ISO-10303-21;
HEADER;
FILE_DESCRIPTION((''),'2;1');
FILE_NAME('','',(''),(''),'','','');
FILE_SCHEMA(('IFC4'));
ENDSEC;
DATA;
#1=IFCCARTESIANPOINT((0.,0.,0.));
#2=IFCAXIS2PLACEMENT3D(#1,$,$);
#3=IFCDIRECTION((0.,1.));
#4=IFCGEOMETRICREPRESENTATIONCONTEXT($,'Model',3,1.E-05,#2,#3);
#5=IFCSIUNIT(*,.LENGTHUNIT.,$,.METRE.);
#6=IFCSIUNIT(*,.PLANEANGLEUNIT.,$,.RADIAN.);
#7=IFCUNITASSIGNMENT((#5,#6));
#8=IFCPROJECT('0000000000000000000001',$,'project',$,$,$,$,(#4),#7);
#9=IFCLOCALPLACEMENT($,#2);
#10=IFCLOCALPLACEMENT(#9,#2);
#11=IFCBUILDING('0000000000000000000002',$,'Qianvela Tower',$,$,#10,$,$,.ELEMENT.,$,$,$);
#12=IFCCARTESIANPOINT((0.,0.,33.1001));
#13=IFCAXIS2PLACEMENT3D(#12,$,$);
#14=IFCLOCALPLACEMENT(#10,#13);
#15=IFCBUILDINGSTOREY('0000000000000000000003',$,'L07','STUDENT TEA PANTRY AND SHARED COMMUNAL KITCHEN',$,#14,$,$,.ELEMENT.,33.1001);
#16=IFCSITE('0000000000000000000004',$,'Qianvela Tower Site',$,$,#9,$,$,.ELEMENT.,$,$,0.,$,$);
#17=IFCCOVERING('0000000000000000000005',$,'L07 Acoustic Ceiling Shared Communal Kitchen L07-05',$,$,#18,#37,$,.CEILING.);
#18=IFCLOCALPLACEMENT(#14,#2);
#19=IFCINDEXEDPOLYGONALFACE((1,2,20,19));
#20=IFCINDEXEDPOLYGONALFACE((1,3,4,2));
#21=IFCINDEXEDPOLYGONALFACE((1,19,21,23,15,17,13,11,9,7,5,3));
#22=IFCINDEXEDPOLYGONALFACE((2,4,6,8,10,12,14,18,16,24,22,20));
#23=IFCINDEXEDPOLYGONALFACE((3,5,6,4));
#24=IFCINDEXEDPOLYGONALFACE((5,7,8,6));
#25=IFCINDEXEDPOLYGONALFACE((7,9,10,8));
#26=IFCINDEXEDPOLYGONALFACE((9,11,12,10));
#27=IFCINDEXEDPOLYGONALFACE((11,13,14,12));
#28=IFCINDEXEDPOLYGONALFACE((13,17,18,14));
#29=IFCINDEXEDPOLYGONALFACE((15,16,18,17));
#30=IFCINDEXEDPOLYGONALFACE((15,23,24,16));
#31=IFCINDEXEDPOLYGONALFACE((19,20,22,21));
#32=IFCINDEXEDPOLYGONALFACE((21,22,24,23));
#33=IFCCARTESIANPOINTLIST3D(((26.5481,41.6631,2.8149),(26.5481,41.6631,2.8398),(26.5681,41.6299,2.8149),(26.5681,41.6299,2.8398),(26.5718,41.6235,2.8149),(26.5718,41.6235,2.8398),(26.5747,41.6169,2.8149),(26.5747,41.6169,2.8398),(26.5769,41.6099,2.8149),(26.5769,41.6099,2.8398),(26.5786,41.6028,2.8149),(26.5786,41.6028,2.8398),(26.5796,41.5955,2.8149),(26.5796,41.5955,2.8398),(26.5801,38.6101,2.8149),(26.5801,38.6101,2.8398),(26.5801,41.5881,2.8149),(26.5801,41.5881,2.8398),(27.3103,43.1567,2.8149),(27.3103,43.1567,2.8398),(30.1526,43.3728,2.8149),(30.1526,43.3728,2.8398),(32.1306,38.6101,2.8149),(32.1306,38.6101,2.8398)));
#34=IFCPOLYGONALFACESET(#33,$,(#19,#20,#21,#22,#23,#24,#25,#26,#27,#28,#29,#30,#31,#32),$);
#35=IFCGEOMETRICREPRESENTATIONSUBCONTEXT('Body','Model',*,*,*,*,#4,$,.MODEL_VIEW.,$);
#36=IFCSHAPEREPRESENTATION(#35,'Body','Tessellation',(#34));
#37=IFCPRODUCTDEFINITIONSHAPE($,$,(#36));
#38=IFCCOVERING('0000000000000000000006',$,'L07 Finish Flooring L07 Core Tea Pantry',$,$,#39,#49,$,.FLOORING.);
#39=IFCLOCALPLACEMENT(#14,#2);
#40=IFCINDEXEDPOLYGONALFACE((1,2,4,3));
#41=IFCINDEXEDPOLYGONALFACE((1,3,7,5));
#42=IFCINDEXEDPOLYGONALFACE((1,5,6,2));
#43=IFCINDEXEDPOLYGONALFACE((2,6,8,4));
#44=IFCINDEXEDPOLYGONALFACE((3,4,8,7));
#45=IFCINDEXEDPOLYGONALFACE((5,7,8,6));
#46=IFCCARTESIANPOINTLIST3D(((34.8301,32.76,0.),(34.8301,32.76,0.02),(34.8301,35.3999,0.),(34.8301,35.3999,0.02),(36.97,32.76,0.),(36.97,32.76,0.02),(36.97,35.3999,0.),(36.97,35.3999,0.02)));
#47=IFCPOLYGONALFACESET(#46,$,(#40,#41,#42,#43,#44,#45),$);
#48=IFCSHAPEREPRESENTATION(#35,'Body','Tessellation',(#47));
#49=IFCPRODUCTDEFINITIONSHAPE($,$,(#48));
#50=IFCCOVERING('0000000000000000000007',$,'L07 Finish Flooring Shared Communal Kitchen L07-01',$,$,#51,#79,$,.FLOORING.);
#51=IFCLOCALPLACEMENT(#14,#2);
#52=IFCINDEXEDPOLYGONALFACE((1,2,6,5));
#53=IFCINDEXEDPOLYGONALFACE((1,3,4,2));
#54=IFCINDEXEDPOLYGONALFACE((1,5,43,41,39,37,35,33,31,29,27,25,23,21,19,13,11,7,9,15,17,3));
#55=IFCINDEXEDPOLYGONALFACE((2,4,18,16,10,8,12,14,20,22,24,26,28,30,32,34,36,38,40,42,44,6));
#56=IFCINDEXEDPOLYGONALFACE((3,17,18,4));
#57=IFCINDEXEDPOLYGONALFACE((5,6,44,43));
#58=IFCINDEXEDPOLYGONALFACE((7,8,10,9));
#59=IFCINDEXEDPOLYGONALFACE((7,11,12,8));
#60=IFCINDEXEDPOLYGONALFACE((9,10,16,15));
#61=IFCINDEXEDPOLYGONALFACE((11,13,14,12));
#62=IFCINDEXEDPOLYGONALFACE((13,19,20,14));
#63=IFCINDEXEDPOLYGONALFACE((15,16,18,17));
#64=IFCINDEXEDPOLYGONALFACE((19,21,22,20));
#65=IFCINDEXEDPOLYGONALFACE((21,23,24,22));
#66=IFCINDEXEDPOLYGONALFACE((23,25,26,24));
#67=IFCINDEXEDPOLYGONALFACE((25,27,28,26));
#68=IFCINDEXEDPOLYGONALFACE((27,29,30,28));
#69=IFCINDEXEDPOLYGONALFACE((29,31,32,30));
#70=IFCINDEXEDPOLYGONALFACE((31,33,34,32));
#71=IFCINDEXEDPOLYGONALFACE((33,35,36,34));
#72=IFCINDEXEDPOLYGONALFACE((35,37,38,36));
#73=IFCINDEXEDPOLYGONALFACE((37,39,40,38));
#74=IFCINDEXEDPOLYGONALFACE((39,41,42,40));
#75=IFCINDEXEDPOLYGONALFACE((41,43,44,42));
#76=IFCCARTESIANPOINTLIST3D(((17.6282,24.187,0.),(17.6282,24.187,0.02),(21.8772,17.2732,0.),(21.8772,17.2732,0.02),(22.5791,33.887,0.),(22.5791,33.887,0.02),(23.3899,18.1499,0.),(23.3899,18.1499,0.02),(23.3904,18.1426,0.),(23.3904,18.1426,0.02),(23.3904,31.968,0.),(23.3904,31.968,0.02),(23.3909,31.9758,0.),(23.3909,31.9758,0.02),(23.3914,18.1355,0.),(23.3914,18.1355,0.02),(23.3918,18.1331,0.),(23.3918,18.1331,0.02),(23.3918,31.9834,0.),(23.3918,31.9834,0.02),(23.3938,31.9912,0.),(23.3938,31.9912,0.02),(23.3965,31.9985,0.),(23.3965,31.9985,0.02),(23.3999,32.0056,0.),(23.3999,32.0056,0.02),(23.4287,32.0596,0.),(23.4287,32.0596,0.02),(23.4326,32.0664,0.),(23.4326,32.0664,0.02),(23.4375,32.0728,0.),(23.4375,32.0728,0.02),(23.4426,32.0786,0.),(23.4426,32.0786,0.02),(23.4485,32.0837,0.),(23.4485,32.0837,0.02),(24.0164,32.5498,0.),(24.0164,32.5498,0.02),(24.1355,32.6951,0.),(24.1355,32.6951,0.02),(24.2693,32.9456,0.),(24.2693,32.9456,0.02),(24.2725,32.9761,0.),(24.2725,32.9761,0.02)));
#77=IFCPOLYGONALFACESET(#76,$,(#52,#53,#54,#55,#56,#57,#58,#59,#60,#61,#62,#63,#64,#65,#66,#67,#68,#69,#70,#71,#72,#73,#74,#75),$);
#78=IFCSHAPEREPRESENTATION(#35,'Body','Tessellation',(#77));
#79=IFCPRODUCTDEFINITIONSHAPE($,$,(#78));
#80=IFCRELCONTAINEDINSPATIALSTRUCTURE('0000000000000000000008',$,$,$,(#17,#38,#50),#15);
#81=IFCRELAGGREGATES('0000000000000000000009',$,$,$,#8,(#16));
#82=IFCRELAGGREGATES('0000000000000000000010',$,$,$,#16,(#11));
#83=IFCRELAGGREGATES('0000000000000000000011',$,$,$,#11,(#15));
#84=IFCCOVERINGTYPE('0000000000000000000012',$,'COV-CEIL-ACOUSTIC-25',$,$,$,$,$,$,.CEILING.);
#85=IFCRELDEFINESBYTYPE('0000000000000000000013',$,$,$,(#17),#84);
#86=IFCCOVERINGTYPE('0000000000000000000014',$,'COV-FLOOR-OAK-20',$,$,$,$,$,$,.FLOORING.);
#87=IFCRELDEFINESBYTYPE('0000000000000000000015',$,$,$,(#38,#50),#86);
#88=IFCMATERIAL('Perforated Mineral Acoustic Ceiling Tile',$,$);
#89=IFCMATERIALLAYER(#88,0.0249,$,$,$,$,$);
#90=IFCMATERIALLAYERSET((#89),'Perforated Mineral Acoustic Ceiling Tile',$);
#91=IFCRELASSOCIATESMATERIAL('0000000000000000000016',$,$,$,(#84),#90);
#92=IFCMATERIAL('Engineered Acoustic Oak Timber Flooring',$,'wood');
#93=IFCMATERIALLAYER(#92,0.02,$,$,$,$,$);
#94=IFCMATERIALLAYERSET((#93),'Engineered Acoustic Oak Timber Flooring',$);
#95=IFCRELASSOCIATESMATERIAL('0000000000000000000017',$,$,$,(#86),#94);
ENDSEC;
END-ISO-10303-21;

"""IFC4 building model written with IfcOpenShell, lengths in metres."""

from ifc_helpers import new_model, si_unit, direction, frame, origin, place, context, subcontext, project, spatial, polyline, outline, extrude, material, layer, layer_set, type_object, element, save


model = new_model("IFC4")

# Units and contexts
model_context = context("Model", 3, precision=1e-05, world=origin(), true_north=direction((0.0, 1.0)))
body_context = subcontext(model_context, "Body", "Model", "MODEL_VIEW")
ifc_project = project(units=[si_unit("LENGTHUNIT", "METRE"), si_unit("PLANEANGLEUNIT", "RADIAN")], contexts=[model_context])

# Site, building, storey
site_placement = place(None, origin())
site = spatial("IfcSite", under=ifc_project, at=site_placement, Name="Qianvela Tower Site", CompositionType="ELEMENT", RefElevation=0.0)
building_placement = place(site_placement, origin())
building = spatial("IfcBuilding", under=site, at=building_placement, Name="Qianvela Tower", CompositionType="ELEMENT")
storey_placement = place(building_placement, frame((0.0, 0.0, 33.1001)))
storey = spatial("IfcBuildingStorey", under=building, at=storey_placement, Name="L07", Description="STUDENT TEA PANTRY AND SHARED COMMUNAL KITCHEN", CompositionType="ELEMENT", Elevation=33.1001)

# Coverings
ifc_material_1 = material(Name="Perforated Mineral Acoustic Ceiling Tile")
ifc_layer_1 = layer(ifc_material_1, 0.0249)
ifc_layer_set_1 = layer_set([ifc_layer_1], Name="Perforated Mineral Acoustic Ceiling Tile")
covering_type_1 = type_object("IfcCoveringType", Name="COV-CEIL-ACOUSTIC-25", PredefinedType="CEILING", material=ifc_layer_set_1)
covering_1_placement = place(storey_placement, frame((0.0, 0.0, 2.8149)))
element("IfcCovering", 1, at=covering_1_placement, inside=storey, type_object=covering_type_1, Name="L07 Acoustic Ceiling Shared Communal Kitchen L07-05", PredefinedType="CEILING", context=body_context, shape_type="SweptSolid", body=[
    extrude(outline(polyline([(26.5801, 41.5881), (26.5796, 41.5955), (26.5786, 41.6028), (26.5769, 41.6099), (26.5747, 41.6169), (26.5718, 41.6235), (26.5681, 41.6299), (26.5481, 41.6631), (27.3103, 43.1567), (30.1526, 43.3728), (32.1306, 38.6101), (26.5801, 38.6101), (26.5801, 41.5881)])), origin(), (0.0, 0.0, 1.0), 0.0249),
])
ifc_material_2 = material(Name="Engineered Acoustic Oak Timber Flooring", Category="wood")
ifc_layer_2 = layer(ifc_material_2, 0.02)
ifc_layer_set_2 = layer_set([ifc_layer_2], Name="Engineered Acoustic Oak Timber Flooring")
covering_type_2 = type_object("IfcCoveringType", Name="COV-FLOOR-OAK-20", PredefinedType="FLOORING", material=ifc_layer_set_2)
covering_2_placement = place(storey_placement, origin())
element("IfcCovering", 2, at=covering_2_placement, inside=storey, type_object=covering_type_2, Name="L07 Finish Flooring L07 Core Tea Pantry", PredefinedType="FLOORING", context=body_context, shape_type="SweptSolid", body=[
    extrude(outline(polyline([(36.97, 32.76), (34.8301, 32.76), (34.8301, 35.3999), (36.97, 35.3999), (36.97, 32.76)])), origin(), (0.0, 0.0, 1.0), 0.02),
])
covering_3_placement = place(storey_placement, origin())
element("IfcCovering", 3, at=covering_3_placement, inside=storey, type_object=covering_type_2, Name="L07 Finish Flooring Shared Communal Kitchen L07-01", PredefinedType="FLOORING", context=body_context, shape_type="SweptSolid", body=[
    extrude(outline(polyline([(22.5791, 33.887), (24.2725, 32.9761), (24.2693, 32.9456), (24.1355, 32.6951), (24.0164, 32.5498), (23.4485, 32.0837), (23.4426, 32.0786), (23.4375, 32.0728), (23.4326, 32.0664), (23.4287, 32.0596), (23.3999, 32.0056), (23.3965, 31.9985), (23.3938, 31.9912), (23.3918, 31.9834), (23.3909, 31.9758), (23.3904, 31.968), (23.3899, 18.1499), (23.3904, 18.1426), (23.3914, 18.1355), (23.3918, 18.1331), (21.8772, 17.2732), (17.6282, 24.187), (22.5791, 33.887)])), origin(), (0.0, 0.0, 1.0), 0.02),
])

save(model, "model.ifc")
